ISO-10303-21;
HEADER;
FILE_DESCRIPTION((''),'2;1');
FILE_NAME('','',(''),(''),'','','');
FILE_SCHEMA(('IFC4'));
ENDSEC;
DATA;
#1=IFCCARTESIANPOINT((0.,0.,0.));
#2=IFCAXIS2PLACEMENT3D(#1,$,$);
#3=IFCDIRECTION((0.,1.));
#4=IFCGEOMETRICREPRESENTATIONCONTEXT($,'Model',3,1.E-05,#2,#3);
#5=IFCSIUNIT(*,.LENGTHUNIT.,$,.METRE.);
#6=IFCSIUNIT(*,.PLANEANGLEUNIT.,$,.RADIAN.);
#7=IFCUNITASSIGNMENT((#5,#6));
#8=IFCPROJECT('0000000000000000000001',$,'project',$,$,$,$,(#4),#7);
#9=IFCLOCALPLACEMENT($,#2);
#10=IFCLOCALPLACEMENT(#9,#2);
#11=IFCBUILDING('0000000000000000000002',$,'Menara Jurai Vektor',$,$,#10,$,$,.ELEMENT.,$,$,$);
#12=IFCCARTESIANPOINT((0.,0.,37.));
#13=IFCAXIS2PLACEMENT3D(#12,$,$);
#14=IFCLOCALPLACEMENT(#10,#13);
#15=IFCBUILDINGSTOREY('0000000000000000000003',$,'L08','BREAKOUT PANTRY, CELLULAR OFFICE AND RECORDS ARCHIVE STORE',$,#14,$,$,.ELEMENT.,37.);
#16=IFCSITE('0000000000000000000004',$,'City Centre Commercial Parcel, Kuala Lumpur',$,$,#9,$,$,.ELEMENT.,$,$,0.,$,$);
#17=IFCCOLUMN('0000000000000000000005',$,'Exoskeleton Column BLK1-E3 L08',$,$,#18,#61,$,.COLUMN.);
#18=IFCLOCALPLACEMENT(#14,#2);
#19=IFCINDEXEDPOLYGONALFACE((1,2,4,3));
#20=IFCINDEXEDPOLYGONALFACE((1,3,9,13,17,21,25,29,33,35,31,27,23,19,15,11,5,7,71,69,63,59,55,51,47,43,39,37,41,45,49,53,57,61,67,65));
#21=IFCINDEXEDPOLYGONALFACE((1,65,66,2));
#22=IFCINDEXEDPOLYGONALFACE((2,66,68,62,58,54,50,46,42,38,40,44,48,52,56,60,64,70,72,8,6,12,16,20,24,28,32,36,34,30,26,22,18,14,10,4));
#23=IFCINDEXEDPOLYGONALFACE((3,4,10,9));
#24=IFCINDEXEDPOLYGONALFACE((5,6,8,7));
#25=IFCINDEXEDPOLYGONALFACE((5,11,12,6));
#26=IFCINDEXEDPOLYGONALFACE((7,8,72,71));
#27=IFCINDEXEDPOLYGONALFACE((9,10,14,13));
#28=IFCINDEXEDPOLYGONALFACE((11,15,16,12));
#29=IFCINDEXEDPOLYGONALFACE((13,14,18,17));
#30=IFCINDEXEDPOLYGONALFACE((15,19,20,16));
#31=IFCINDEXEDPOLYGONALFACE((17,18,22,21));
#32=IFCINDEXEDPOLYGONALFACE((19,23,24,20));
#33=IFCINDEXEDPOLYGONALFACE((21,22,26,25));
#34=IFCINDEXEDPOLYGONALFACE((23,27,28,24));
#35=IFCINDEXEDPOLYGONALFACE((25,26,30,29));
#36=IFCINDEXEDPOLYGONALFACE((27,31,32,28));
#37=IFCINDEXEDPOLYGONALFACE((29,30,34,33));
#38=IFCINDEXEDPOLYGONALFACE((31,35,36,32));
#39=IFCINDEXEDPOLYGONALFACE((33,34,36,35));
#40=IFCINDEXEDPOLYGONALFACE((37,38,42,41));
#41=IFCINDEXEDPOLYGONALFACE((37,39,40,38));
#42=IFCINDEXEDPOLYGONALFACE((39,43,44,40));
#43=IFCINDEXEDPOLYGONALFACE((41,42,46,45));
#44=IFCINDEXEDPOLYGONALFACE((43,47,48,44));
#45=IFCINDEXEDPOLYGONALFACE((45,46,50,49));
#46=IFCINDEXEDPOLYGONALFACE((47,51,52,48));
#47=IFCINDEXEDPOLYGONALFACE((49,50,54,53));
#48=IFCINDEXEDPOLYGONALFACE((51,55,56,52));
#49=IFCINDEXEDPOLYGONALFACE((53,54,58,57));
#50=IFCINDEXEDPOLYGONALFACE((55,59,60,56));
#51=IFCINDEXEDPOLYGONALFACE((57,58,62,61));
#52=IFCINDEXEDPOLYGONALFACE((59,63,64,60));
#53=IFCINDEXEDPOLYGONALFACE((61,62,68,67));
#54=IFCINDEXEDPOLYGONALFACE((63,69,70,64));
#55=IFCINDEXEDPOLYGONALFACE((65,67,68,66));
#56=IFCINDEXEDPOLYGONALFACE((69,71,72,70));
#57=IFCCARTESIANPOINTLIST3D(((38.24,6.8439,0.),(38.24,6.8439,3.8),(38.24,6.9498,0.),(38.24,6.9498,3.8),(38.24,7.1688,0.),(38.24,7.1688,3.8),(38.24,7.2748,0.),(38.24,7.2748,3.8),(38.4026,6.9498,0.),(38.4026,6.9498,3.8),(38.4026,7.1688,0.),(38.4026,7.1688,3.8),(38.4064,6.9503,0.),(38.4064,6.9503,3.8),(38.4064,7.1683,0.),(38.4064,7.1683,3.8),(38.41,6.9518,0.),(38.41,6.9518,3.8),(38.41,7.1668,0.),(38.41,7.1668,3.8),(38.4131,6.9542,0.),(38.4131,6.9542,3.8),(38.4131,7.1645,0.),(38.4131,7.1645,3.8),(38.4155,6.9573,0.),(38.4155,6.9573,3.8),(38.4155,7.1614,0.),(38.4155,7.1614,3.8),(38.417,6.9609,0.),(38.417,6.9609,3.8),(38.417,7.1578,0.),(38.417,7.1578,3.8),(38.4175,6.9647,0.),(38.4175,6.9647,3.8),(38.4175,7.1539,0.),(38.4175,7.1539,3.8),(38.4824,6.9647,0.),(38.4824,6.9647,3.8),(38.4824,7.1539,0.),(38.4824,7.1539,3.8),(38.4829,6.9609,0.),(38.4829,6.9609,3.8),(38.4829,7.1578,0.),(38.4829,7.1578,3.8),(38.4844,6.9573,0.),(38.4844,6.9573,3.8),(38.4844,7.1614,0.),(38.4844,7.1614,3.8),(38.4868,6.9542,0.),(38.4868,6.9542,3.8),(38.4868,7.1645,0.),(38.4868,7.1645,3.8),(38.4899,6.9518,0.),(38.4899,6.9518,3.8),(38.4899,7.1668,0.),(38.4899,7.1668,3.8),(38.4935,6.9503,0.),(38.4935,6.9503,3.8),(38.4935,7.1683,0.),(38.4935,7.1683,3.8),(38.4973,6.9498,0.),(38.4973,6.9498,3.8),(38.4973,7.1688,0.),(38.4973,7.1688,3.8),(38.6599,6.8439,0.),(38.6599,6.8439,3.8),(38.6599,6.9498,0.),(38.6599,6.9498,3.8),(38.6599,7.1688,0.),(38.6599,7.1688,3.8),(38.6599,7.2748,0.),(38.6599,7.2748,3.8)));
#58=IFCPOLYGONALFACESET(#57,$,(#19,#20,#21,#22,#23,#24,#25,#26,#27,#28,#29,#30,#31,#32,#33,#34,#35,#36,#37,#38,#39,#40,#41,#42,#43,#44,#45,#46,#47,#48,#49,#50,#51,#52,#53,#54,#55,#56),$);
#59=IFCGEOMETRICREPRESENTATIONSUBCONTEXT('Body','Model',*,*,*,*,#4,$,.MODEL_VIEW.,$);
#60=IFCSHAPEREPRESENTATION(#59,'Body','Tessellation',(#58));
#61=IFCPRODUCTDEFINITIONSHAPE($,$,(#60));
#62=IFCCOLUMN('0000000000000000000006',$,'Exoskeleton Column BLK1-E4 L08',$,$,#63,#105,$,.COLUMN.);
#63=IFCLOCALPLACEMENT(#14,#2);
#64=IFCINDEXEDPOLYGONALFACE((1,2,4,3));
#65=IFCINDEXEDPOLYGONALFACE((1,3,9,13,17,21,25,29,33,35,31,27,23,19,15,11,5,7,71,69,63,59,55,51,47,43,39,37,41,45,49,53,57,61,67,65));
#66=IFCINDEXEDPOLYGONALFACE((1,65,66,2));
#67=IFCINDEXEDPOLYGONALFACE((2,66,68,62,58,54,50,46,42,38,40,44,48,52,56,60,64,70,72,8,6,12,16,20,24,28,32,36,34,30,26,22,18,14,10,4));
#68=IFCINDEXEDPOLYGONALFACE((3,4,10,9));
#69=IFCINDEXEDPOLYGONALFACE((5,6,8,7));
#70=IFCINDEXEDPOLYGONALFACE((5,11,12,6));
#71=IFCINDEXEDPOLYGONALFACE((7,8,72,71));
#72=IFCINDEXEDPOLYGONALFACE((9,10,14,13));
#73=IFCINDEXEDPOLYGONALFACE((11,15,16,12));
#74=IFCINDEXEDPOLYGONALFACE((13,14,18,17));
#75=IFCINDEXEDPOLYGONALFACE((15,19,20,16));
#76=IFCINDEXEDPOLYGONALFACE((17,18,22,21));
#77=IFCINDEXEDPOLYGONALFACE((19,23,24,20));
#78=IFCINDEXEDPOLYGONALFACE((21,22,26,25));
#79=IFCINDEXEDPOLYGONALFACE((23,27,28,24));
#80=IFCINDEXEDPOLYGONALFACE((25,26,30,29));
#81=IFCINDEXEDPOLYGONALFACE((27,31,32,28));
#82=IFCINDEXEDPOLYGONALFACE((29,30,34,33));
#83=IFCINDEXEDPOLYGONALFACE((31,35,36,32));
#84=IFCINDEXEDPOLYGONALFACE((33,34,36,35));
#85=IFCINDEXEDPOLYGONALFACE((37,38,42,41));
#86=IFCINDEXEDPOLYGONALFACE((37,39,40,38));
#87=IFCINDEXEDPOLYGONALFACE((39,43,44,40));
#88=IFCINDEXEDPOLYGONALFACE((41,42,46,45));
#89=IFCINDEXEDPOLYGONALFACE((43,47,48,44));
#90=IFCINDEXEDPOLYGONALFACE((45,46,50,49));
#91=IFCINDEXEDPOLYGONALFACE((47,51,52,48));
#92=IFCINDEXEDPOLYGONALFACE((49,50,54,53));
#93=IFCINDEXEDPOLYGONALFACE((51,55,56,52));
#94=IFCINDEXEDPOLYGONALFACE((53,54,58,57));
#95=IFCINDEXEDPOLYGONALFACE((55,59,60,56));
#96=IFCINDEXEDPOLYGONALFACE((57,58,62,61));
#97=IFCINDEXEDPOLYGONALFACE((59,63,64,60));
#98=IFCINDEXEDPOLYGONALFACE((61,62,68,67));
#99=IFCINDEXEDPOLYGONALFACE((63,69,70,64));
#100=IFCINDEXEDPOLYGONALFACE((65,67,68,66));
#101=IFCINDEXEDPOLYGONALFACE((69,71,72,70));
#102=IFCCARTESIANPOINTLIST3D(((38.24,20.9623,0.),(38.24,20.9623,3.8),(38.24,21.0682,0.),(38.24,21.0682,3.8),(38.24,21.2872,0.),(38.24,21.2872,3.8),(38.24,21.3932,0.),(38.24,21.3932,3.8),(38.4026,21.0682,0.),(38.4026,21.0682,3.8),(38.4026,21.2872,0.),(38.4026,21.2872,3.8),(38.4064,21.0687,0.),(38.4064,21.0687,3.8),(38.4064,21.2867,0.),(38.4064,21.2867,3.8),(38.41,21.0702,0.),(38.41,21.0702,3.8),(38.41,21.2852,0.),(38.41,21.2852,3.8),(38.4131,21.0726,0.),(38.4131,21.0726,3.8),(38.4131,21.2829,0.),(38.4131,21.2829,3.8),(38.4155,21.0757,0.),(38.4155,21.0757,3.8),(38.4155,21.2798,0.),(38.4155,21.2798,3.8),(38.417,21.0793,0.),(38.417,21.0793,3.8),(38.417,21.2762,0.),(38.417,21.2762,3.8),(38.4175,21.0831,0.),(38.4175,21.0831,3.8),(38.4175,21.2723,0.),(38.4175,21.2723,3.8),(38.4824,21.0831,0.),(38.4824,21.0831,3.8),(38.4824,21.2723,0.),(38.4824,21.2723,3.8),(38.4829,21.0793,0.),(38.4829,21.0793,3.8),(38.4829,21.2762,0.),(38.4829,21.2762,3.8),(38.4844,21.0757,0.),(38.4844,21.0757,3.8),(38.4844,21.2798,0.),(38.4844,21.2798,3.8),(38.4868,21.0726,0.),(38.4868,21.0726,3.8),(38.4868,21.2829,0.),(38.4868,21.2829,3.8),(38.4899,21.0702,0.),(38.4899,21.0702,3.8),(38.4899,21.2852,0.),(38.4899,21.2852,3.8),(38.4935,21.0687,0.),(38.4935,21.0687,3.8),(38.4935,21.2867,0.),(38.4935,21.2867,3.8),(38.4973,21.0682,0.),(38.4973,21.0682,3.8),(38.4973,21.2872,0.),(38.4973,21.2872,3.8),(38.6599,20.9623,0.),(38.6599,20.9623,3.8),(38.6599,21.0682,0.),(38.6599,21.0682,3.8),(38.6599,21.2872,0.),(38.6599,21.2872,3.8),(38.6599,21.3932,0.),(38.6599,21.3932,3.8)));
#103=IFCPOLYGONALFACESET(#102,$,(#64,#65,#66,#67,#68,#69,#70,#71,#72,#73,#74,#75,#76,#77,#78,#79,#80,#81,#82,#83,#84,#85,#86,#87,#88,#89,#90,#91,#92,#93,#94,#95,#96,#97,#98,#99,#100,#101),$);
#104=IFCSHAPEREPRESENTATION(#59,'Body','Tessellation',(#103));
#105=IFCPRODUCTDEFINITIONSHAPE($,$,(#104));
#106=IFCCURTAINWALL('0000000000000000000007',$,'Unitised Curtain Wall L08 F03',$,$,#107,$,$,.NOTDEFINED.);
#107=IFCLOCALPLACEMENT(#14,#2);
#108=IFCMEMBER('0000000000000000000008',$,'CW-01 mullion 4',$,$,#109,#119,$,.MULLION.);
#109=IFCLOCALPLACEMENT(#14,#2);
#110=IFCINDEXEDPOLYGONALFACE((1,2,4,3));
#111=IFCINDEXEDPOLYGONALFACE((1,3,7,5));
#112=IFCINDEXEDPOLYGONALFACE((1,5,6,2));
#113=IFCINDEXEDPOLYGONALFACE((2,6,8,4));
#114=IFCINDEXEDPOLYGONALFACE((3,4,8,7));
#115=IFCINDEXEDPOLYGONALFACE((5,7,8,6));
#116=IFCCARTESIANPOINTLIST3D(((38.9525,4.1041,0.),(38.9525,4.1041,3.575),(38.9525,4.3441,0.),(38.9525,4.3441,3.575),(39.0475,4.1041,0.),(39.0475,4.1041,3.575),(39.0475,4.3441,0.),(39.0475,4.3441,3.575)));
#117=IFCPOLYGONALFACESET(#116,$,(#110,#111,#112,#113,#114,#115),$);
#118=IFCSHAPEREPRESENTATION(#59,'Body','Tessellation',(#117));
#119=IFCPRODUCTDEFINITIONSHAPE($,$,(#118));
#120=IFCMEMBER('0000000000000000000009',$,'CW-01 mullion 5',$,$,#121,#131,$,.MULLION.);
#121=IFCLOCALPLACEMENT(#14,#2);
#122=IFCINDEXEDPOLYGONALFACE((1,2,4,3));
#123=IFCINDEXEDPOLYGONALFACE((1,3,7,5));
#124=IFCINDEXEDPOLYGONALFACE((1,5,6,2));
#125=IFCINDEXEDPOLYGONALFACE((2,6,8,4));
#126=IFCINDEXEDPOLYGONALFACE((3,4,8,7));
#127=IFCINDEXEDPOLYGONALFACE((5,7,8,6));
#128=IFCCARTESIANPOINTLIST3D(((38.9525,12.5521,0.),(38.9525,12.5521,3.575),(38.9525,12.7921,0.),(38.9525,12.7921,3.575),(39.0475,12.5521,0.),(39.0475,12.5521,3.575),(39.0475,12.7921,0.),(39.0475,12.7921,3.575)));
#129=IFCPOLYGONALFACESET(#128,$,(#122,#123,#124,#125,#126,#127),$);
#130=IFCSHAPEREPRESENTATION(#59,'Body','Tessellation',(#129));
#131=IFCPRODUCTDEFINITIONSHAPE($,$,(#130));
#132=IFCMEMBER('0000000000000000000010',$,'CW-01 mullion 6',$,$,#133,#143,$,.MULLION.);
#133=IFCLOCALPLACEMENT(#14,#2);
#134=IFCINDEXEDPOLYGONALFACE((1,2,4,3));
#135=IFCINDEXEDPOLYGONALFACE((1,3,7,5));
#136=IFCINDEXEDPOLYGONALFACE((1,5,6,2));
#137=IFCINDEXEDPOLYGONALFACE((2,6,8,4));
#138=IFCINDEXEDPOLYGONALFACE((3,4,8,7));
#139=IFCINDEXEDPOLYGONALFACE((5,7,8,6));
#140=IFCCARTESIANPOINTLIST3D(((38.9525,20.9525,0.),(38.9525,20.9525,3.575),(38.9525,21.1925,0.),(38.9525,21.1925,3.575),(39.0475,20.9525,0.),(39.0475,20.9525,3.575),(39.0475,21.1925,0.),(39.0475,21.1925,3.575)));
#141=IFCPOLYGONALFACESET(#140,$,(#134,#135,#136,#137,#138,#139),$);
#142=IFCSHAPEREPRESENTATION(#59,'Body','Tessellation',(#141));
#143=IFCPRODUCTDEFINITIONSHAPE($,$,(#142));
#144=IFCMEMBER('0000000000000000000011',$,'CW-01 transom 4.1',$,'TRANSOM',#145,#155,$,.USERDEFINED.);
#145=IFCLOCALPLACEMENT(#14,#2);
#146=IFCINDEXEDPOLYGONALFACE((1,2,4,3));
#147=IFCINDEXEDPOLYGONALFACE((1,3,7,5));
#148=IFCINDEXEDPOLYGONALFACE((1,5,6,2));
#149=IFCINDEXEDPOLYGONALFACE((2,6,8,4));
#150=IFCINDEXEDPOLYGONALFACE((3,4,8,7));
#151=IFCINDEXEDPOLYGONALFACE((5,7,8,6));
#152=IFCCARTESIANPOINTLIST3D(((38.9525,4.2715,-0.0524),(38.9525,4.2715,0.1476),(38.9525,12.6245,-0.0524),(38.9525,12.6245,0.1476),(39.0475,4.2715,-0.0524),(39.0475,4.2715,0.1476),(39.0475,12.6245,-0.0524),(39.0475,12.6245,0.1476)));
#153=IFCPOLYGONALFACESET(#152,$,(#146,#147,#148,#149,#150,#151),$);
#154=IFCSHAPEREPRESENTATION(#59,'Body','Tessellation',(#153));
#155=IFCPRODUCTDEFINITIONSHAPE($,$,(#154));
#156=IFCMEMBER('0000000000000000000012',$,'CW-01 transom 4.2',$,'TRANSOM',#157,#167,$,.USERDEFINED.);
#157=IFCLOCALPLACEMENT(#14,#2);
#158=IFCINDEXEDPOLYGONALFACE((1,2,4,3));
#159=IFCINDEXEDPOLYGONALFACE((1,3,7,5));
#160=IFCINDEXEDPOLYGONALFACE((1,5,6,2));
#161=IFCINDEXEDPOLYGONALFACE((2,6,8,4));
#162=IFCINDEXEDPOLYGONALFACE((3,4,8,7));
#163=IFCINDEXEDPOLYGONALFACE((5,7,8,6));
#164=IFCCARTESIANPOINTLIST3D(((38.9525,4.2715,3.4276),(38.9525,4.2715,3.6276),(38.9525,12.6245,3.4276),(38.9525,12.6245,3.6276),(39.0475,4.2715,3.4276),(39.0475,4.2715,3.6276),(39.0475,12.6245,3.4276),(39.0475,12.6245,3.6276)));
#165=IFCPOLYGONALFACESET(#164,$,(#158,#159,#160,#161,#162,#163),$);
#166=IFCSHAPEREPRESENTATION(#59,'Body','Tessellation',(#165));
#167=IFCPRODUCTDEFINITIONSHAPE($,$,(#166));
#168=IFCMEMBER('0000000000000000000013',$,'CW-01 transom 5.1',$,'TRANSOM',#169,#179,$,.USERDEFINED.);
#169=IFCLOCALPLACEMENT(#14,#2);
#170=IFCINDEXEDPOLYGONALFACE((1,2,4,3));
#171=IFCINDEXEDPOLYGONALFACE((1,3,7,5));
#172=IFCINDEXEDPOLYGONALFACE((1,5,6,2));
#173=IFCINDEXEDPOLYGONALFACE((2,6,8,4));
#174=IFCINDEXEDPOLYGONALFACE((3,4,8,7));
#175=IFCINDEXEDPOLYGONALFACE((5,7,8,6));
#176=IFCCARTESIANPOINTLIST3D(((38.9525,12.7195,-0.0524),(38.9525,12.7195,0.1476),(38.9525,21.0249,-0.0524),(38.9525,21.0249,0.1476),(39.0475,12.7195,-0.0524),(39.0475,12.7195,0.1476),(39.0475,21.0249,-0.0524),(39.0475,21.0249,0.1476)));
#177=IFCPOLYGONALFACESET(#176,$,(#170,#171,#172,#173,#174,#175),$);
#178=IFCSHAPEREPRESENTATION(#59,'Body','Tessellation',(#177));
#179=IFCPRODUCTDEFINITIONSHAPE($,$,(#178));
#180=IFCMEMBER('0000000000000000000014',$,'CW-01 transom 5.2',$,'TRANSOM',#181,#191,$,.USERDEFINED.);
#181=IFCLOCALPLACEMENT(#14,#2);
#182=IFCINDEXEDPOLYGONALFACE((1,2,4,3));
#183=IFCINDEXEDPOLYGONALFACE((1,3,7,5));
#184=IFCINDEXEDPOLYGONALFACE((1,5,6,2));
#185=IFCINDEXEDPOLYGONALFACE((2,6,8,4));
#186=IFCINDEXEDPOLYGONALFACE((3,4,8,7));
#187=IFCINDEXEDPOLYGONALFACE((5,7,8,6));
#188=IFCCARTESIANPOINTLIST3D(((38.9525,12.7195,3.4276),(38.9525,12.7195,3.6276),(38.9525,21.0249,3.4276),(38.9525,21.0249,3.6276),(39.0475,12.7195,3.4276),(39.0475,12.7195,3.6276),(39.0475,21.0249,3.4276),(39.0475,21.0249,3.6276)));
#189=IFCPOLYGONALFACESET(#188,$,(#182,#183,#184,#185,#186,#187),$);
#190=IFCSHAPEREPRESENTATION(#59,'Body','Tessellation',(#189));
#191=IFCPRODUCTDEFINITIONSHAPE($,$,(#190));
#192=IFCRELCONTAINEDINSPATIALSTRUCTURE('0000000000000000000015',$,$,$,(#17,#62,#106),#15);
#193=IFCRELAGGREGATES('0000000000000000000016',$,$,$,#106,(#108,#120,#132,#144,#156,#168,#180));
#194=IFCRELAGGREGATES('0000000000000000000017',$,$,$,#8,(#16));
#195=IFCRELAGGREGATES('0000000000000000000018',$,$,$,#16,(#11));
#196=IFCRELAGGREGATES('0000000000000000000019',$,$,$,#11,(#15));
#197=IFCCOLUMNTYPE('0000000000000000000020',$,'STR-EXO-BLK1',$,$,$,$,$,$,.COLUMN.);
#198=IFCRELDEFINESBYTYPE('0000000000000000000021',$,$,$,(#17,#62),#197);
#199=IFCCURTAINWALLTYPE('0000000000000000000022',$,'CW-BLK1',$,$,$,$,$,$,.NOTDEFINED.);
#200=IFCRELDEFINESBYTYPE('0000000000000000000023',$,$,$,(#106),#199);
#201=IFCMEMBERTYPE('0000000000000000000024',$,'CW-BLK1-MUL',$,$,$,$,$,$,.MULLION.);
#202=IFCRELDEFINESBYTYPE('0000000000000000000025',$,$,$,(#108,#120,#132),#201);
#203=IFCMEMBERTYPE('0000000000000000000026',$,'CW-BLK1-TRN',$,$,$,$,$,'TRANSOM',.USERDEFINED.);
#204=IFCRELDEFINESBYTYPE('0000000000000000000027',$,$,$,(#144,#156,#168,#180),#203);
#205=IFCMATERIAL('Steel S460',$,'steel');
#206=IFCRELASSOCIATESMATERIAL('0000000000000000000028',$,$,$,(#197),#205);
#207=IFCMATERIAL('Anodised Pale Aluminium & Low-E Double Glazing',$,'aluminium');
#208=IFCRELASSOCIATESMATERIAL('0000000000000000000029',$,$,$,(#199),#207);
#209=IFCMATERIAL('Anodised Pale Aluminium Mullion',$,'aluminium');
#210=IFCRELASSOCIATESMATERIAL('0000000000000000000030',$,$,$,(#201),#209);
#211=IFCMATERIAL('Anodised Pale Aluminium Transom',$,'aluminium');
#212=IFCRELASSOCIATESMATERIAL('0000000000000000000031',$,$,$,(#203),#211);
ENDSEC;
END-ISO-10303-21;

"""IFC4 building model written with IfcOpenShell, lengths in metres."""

from ifc_helpers import new_model, si_unit, direction, frame, origin, origin_2d, place, context, subcontext, project, spatial, rectangle, i_section, extrude, material, material_profile, profile_set, type_object, element, aggregate, save


model = new_model("IFC4")

# Units and contexts
model_context = context("Model", 3, precision=1e-05, world=origin(), true_north=direction((0.0, 1.0)))
body_context = subcontext(model_context, "Body", "Model", "MODEL_VIEW")
ifc_project = project(units=[si_unit("LENGTHUNIT", "METRE"), si_unit("PLANEANGLEUNIT", "RADIAN")], contexts=[model_context])

# Site, building, storey
site_placement = place(None, origin())
site = spatial("IfcSite", under=ifc_project, at=site_placement, Name="City Centre Commercial Parcel, Kuala Lumpur", CompositionType="ELEMENT", RefElevation=0.0)
building_placement = place(site_placement, origin())
building = spatial("IfcBuilding", under=site, at=building_placement, Name="Menara Jurai Vektor", CompositionType="ELEMENT")
storey_placement = place(building_placement, frame((0.0, 0.0, 37.0)))
storey = spatial("IfcBuildingStorey", under=building, at=storey_placement, Name="L08", Description="BREAKOUT PANTRY, CELLULAR OFFICE AND RECORDS ARCHIVE STORE", CompositionType="ELEMENT", Elevation=37.0)

# Columns
ifc_material_1 = material(Name="Steel S460", Category="steel")
ifc_material_profile_1 = material_profile(ifc_material_1, i_section(OverallWidth=0.4199, OverallDepth=0.4309, WebThickness=0.0649, FlangeThickness=0.106, FilletRadius=0.0149, at=origin_2d()), Name="HD 400x900")
ifc_profile_set_1 = profile_set([ifc_material_profile_1], Name="Steel S460")
column_type = type_object("IfcColumnType", Name="STR-EXO-BLK1", PredefinedType="COLUMN", material=ifc_profile_set_1)
for number, where, z_axis, x_axis, name in (
    (1, (38.45, 7.0593, 0.0), (0.0, 0.0, 1.0), (1.0, 0.0, 0.0), "Exoskeleton Column BLK1-E3 L08"),
    (2, (38.45, 21.1777, 0.0), (0.0, 0.0, 1.0), (1.0, 0.0, 0.0), "Exoskeleton Column BLK1-E4 L08"),
):
    element("IfcColumn", number, at=place(storey_placement, frame(where, z_axis=z_axis, x_axis=x_axis)), inside=storey, type_object=column_type, Name=name, PredefinedType="COLUMN", context=body_context, shape_type="SweptSolid", body=[
        extrude(i_section(OverallWidth=0.4199, OverallDepth=0.4309, WebThickness=0.0649, FlangeThickness=0.106, FilletRadius=0.0149, at=origin_2d()), origin(), (0.0, 0.0, 1.0), 3.8),
    ])

# Curtain wall, members
ifc_material_2 = material(Name="Anodised Pale Aluminium & Low-E Double Glazing", Category="aluminium")
curtain_wall_type = type_object("IfcCurtainWallType", Name="CW-BLK1", PredefinedType="NOTDEFINED", material=ifc_material_2)
curtain_wall_placement = place(storey_placement, origin())
curtain_wall = element("IfcCurtainWall", 3, at=curtain_wall_placement, inside=storey, type_object=curtain_wall_type, Name="Unitised Curtain Wall L08 F03", PredefinedType="NOTDEFINED")
ifc_material_3 = material(Name="Anodised Pale Aluminium Mullion", Category="aluminium")
ifc_material_profile_2 = material_profile(ifc_material_3, rectangle(XDim=0.095, YDim=0.24, at=origin_2d()), Name="ALU MUL 95x240")
ifc_profile_set_2 = profile_set([ifc_material_profile_2], Name="Anodised Pale Aluminium Mullion")
member_type_1 = type_object("IfcMemberType", Name="CW-BLK1-MUL", PredefinedType="MULLION", material=ifc_profile_set_2)
member_1_placement = place(storey_placement, frame((39.0, 4.2241, 0.0), z_axis=(0.0, 0.0, 1.0), x_axis=(-1.0, 0.0, 0.0)))
member_1 = element("IfcMember", 4, at=member_1_placement, type_object=member_type_1, Name="CW-01 mullion 4", PredefinedType="MULLION", context=body_context, shape_type="SweptSolid", body=[
    extrude(rectangle(XDim=0.095, YDim=0.24, at=origin_2d()), origin(), (0.0, 0.0, 1.0), 3.575),
])
member_2_placement = place(storey_placement, frame((39.0, 12.6721, 0.0), z_axis=(0.0, 0.0, 1.0), x_axis=(-1.0, 0.0, 0.0)))
member_2 = element("IfcMember", 5, at=member_2_placement, type_object=member_type_1, Name="CW-01 mullion 5", PredefinedType="MULLION", context=body_context, shape_type="SweptSolid", body=[
    extrude(rectangle(XDim=0.095, YDim=0.24, at=origin_2d()), origin(), (0.0, 0.0, 1.0), 3.575),
])
member_3_placement = place(storey_placement, frame((39.0, 21.0725, 0.0), z_axis=(0.0, 0.0, 1.0), x_axis=(-1.0, 0.0, 0.0)))
member_3 = element("IfcMember", 6, at=member_3_placement, type_object=member_type_1, Name="CW-01 mullion 6", PredefinedType="MULLION", context=body_context, shape_type="SweptSolid", body=[
    extrude(rectangle(XDim=0.095, YDim=0.24, at=origin_2d()), origin(), (0.0, 0.0, 1.0), 3.575),
])
ifc_material_4 = material(Name="Anodised Pale Aluminium Transom", Category="aluminium")
ifc_material_profile_3 = material_profile(ifc_material_4, rectangle(XDim=0.095, YDim=0.2, at=origin_2d()), Name="ALU TRN 95x200")
ifc_profile_set_3 = profile_set([ifc_material_profile_3], Name="Anodised Pale Aluminium Transom")
member_type_2 = type_object("IfcMemberType", Name="CW-BLK1-TRN", ElementType="TRANSOM", PredefinedType="USERDEFINED", material=ifc_profile_set_3)
member_4_placement = place(storey_placement, frame((39.0, 4.2715, 0.0476), z_axis=(0.0, 1.0, 0.0), x_axis=(-1.0, 0.0, 0.0)))
member_4 = element("IfcMember", 7, at=member_4_placement, type_object=member_type_2, Name="CW-01 transom 4.1", ObjectType="TRANSOM", PredefinedType="USERDEFINED", context=body_context, shape_type="SweptSolid", body=[
    extrude(rectangle(XDim=0.095, YDim=0.2, at=origin_2d()), origin(), (0.0, 0.0, 1.0), 8.353),
])
member_5_placement = place(storey_placement, frame((39.0, 4.2715, 3.5276), z_axis=(0.0, 1.0, 0.0), x_axis=(-1.0, 0.0, 0.0)))
member_5 = element("IfcMember", 8, at=member_5_placement, type_object=member_type_2, Name="CW-01 transom 4.2", ObjectType="TRANSOM", PredefinedType="USERDEFINED", context=body_context, shape_type="SweptSolid", body=[
    extrude(rectangle(XDim=0.095, YDim=0.2, at=origin_2d()), origin(), (0.0, 0.0, 1.0), 8.353),
])
member_6_placement = place(storey_placement, frame((39.0, 12.7195, 0.0476), z_axis=(0.0, 1.0, 0.0), x_axis=(-1.0, 0.0, 0.0)))
member_6 = element("IfcMember", 9, at=member_6_placement, type_object=member_type_2, Name="CW-01 transom 5.1", ObjectType="TRANSOM", PredefinedType="USERDEFINED", context=body_context, shape_type="SweptSolid", body=[
    extrude(rectangle(XDim=0.095, YDim=0.2, at=origin_2d()), origin(), (0.0, 0.0, 1.0), 8.3054),
])
member_7_placement = place(storey_placement, frame((39.0, 12.7195, 3.5276), z_axis=(0.0, 1.0, 0.0), x_axis=(-1.0, 0.0, 0.0)))
member_7 = element("IfcMember", 10, at=member_7_placement, type_object=member_type_2, Name="CW-01 transom 5.2", ObjectType="TRANSOM", PredefinedType="USERDEFINED", context=body_context, shape_type="SweptSolid", body=[
    extrude(rectangle(XDim=0.095, YDim=0.2, at=origin_2d()), origin(), (0.0, 0.0, 1.0), 8.3054),
])

aggregate(curtain_wall, [member_1, member_2, member_3, member_4, member_5, member_6, member_7])

save(model, "model.ifc")
